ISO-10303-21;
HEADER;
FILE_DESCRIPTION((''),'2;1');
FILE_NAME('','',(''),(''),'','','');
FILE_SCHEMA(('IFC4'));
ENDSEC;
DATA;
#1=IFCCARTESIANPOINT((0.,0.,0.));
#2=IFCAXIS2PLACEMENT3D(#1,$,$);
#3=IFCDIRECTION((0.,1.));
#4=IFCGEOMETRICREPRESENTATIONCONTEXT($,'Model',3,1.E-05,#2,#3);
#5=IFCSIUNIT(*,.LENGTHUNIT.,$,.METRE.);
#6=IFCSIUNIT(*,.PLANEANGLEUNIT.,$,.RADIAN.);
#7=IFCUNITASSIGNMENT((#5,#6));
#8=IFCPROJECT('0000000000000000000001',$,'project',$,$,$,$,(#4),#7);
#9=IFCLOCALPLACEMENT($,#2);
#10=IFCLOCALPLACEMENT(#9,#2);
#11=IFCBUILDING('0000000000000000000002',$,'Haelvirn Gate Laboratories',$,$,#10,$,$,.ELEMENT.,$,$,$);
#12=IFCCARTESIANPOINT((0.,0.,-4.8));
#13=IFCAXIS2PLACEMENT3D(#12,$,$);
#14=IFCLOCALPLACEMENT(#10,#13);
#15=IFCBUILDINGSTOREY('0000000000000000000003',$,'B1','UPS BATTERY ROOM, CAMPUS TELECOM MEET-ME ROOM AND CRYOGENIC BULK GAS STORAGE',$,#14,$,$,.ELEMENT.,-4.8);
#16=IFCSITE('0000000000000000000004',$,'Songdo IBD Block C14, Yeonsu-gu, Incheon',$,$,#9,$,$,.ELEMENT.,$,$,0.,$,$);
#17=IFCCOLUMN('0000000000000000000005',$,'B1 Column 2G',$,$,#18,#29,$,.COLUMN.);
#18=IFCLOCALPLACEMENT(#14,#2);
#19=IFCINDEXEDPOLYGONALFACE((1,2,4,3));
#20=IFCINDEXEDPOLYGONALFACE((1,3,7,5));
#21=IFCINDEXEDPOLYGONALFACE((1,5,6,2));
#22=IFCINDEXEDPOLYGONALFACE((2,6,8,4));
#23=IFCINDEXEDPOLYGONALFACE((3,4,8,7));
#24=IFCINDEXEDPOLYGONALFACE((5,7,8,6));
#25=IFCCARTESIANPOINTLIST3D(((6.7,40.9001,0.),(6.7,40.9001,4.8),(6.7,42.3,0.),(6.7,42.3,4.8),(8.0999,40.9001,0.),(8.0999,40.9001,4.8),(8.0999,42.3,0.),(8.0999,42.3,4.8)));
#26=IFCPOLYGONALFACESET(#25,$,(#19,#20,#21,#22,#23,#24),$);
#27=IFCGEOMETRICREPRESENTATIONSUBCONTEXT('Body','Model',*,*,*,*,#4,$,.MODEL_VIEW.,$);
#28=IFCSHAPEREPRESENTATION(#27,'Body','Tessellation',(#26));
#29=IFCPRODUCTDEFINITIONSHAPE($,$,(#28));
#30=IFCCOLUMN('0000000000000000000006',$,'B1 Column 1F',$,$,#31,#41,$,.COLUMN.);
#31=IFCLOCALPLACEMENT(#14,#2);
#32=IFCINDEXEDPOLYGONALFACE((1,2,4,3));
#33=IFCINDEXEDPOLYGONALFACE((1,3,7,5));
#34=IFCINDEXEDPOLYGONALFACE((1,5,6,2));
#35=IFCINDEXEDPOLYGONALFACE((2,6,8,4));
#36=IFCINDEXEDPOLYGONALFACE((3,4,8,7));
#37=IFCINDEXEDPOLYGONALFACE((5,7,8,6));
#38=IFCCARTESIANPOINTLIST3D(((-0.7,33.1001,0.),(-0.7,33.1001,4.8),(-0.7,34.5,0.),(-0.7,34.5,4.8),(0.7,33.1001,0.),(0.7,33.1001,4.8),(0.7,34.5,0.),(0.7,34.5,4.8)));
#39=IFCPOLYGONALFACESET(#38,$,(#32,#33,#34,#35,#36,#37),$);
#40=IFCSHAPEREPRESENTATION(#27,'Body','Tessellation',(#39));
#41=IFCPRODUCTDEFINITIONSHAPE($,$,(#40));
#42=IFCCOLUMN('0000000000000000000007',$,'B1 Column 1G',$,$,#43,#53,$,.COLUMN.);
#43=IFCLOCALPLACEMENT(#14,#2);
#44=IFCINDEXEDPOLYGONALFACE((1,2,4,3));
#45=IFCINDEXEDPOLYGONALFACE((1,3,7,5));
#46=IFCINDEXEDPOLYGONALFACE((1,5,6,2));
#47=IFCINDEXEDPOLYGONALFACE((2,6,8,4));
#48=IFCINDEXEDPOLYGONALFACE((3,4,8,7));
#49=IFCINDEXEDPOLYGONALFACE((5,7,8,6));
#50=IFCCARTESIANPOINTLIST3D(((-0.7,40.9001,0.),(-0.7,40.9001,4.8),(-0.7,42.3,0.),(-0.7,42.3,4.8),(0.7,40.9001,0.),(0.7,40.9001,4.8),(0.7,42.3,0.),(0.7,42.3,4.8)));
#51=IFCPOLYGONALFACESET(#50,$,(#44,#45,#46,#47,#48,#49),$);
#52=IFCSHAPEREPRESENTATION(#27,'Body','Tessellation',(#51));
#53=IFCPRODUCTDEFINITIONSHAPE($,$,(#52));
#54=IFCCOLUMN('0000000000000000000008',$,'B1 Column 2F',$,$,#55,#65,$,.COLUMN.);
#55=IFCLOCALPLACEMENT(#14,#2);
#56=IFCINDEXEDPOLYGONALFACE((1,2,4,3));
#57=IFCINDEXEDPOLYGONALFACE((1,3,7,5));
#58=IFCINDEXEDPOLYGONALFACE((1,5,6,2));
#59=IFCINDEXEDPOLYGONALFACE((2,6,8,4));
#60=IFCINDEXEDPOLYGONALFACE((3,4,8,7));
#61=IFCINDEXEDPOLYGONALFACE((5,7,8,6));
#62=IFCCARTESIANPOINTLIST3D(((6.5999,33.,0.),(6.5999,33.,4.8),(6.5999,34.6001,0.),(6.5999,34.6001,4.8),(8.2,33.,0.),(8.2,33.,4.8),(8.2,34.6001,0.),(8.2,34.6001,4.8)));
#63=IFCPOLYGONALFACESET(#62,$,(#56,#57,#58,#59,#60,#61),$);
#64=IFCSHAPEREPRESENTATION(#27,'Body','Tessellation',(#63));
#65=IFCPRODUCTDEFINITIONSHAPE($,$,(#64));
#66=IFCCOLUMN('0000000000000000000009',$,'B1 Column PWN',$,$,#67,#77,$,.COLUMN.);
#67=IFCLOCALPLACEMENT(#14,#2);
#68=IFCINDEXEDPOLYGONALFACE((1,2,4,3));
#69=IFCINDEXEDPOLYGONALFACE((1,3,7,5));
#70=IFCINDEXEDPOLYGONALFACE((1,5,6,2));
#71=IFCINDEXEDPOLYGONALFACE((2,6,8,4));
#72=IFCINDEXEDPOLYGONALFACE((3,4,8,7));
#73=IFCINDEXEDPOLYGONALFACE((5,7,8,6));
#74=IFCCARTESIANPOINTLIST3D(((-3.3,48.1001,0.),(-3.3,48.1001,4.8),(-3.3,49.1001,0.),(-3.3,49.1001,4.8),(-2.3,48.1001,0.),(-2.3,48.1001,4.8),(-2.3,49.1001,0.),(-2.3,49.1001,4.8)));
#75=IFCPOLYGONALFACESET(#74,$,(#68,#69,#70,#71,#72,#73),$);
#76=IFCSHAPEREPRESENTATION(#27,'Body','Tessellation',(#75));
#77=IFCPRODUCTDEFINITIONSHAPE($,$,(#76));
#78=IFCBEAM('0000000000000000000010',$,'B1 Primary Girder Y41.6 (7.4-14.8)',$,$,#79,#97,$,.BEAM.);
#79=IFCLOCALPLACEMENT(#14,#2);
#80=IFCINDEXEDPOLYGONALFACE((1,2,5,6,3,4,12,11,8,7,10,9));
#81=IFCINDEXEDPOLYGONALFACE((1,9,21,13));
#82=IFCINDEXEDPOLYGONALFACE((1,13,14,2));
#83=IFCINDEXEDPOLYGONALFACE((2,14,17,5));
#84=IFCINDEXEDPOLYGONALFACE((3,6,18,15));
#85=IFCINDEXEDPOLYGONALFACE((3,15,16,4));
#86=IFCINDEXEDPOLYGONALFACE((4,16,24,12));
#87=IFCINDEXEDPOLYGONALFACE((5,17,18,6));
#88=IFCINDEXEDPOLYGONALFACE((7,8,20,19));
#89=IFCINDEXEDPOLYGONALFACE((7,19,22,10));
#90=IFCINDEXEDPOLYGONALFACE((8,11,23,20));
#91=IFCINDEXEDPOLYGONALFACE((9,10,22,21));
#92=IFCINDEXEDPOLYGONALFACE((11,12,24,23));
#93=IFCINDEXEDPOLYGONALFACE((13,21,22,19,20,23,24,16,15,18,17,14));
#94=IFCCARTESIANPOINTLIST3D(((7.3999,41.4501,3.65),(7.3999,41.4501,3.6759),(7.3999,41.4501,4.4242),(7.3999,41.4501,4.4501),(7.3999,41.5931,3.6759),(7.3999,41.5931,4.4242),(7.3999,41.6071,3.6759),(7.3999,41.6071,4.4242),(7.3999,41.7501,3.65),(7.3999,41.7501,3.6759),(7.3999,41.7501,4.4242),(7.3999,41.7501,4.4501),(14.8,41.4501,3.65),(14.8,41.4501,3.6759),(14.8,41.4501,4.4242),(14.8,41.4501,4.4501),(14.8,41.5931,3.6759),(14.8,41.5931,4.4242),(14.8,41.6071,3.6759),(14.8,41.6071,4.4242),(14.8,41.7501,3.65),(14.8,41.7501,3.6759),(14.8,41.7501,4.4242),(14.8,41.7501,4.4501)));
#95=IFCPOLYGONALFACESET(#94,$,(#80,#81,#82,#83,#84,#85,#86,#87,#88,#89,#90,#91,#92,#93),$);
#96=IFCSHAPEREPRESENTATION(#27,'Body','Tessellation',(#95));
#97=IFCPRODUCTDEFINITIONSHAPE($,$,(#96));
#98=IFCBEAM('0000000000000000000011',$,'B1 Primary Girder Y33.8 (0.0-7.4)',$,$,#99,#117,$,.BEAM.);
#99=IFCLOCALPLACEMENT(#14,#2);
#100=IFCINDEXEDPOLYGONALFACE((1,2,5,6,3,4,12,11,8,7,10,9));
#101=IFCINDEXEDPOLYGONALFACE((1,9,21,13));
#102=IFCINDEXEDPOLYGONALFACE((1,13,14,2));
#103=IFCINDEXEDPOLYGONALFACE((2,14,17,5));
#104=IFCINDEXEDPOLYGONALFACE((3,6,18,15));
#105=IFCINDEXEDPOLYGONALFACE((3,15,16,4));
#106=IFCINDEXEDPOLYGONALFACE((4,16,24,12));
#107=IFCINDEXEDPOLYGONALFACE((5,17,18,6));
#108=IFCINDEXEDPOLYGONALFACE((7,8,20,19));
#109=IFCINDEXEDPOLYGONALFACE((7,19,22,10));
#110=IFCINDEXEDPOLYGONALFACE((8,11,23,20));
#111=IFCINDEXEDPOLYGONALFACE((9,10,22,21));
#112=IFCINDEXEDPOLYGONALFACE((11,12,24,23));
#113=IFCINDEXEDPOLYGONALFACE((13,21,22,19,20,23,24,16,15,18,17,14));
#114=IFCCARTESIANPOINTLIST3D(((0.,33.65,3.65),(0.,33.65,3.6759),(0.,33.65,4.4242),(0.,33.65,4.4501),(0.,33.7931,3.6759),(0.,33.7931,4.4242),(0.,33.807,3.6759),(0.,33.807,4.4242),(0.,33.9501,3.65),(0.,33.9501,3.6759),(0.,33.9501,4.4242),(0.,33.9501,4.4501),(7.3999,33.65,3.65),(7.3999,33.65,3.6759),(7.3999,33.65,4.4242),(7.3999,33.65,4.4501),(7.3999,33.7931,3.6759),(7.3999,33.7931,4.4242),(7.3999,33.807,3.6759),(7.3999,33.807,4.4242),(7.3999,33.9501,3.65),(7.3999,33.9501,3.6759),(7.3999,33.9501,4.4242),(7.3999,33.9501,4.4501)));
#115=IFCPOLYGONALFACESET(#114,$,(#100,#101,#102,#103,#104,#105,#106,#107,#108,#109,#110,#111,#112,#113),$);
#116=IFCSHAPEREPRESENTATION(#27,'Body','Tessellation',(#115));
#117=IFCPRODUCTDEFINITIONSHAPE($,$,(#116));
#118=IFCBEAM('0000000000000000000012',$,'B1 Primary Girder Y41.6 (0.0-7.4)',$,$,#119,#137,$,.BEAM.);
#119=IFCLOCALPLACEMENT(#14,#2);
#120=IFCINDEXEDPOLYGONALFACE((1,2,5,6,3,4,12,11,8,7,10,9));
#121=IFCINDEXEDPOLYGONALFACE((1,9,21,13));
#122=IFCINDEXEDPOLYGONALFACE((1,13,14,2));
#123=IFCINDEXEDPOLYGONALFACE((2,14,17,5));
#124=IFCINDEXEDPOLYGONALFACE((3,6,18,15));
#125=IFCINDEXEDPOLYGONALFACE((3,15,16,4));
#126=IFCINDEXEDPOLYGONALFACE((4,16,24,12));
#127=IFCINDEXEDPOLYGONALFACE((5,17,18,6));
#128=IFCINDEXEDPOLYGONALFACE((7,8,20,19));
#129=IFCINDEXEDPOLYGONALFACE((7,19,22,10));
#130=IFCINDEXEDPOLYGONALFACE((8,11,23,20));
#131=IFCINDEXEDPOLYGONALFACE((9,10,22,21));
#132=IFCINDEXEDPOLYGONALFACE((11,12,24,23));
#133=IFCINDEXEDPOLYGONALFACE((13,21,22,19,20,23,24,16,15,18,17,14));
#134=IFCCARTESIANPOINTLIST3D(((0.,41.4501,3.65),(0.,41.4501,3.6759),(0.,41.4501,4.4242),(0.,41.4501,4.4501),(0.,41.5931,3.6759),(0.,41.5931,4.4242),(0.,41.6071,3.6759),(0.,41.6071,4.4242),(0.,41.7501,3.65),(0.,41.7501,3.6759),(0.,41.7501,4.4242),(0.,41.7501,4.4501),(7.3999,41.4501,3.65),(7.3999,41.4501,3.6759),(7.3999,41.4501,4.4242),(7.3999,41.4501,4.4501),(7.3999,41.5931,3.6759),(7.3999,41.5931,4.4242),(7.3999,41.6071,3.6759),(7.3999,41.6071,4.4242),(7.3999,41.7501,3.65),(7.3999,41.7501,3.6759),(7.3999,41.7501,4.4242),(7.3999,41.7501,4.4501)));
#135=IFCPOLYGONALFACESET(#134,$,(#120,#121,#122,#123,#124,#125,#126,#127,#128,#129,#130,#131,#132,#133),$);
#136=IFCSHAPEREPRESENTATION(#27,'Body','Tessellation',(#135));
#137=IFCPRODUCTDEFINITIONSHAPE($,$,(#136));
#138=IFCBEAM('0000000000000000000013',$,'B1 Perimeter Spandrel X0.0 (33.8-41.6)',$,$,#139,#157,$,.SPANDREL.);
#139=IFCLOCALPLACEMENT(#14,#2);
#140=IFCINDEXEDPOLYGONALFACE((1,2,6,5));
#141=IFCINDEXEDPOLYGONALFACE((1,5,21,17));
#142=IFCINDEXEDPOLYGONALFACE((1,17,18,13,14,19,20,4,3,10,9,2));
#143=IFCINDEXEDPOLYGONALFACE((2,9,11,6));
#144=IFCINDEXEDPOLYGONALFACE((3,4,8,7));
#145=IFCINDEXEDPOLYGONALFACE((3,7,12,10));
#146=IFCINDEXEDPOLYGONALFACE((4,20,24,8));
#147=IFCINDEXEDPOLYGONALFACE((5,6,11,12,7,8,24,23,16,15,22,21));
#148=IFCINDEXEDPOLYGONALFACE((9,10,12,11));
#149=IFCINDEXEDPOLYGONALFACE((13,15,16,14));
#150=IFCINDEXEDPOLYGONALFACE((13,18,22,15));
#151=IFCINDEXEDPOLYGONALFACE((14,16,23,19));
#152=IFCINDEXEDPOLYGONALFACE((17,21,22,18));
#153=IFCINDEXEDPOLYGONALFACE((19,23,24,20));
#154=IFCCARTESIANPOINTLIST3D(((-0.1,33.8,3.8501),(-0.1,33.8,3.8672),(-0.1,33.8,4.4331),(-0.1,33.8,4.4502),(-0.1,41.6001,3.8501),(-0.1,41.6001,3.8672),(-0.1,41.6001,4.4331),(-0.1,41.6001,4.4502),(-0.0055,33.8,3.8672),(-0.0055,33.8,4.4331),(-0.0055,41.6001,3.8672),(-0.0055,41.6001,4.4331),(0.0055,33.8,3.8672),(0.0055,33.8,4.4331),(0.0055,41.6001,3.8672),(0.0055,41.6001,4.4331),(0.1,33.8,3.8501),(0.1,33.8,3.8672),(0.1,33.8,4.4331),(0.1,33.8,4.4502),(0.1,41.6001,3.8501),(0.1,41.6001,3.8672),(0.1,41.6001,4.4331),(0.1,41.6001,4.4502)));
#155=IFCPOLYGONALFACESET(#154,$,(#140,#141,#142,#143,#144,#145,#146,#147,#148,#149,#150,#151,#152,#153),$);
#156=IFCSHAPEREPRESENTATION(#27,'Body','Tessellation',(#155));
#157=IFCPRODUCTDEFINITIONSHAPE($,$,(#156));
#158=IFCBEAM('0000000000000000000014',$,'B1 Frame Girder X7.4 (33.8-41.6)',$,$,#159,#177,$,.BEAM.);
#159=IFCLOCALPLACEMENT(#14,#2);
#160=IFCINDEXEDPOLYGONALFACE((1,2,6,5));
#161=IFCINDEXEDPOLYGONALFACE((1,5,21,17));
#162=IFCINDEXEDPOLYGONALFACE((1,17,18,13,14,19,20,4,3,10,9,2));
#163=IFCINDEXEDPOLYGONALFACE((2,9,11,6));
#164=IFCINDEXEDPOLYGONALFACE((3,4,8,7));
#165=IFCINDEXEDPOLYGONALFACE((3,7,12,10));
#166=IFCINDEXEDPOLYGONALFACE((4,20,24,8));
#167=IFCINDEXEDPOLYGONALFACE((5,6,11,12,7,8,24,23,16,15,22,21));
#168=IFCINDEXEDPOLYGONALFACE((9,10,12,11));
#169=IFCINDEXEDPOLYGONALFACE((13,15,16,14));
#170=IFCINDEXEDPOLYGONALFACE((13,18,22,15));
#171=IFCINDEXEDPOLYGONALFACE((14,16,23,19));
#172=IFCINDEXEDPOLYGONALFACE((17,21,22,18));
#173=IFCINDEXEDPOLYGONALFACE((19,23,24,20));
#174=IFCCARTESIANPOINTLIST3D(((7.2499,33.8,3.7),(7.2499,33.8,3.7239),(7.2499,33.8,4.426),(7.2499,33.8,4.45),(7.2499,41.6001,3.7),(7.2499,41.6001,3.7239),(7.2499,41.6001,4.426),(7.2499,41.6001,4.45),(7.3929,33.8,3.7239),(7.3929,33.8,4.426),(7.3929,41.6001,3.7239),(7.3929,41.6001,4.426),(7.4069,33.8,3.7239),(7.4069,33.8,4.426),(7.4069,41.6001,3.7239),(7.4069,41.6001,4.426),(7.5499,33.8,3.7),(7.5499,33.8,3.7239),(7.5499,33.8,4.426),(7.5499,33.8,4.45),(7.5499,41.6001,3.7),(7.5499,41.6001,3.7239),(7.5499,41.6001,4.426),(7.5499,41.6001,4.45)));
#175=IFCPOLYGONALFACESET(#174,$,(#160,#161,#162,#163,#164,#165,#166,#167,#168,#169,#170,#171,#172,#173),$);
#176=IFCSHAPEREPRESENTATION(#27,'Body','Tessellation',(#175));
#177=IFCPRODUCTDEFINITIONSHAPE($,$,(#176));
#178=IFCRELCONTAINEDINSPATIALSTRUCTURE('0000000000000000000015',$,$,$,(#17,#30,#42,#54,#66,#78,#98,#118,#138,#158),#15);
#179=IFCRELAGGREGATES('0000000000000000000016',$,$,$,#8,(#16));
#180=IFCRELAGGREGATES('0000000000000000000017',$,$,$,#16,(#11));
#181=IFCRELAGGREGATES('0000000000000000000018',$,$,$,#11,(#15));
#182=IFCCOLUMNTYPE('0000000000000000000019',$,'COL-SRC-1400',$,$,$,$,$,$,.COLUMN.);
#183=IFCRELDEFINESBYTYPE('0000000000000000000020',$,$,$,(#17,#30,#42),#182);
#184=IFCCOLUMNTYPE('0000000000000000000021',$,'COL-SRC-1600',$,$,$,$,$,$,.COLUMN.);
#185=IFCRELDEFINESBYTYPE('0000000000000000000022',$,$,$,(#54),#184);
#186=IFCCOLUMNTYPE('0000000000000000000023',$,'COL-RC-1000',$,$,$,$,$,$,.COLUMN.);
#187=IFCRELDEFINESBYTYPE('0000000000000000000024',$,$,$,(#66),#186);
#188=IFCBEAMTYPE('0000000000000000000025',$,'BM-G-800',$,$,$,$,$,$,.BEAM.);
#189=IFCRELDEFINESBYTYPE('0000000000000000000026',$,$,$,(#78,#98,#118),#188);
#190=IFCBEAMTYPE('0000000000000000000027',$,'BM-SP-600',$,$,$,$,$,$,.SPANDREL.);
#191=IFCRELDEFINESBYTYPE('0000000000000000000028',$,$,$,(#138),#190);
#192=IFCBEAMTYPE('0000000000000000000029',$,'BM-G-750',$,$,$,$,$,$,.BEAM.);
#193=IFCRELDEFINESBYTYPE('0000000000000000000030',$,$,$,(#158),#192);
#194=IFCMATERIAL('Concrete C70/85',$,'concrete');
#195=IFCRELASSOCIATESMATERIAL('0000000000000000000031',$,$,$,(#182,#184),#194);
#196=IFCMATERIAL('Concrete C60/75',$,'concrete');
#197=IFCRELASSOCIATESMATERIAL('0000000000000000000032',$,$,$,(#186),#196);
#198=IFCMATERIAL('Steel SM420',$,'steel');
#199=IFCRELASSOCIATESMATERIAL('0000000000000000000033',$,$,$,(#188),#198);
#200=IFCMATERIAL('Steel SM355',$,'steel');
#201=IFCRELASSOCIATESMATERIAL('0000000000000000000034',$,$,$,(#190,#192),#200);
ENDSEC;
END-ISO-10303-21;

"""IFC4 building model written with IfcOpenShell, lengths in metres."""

from ifc_helpers import new_model, si_unit, direction, frame, origin, origin_2d, place, context, subcontext, project, spatial, rectangle, i_section, extrude, source, transform, mapped, material, material_profile, profile_set, type_object, type_shapes, element, save


model = new_model("IFC4")

# Units and contexts
model_context = context("Model", 3, precision=1e-05, world=origin(), true_north=direction((0.0, 1.0)))
body_context = subcontext(model_context, "Body", "Model", "MODEL_VIEW")
ifc_project = project(units=[si_unit("LENGTHUNIT", "METRE"), si_unit("PLANEANGLEUNIT", "RADIAN")], contexts=[model_context])

# Site, building, storey
site_placement = place(None, origin())
site = spatial("IfcSite", under=ifc_project, at=site_placement, Name="Songdo IBD Block C14, Yeonsu-gu, Incheon", CompositionType="ELEMENT", RefElevation=0.0)
building_placement = place(site_placement, origin())
building = spatial("IfcBuilding", under=site, at=building_placement, Name="Haelvirn Gate Laboratories", CompositionType="ELEMENT")
storey_placement = place(building_placement, frame((0.0, 0.0, -4.8)))
storey = spatial("IfcBuildingStorey", under=building, at=storey_placement, Name="B1", Description="UPS BATTERY ROOM, CAMPUS TELECOM MEET-ME ROOM AND CRYOGENIC BULK GAS STORAGE", CompositionType="ELEMENT", Elevation=-4.8)

# Columns
ifc_material_1 = material(Name="Concrete C70/85", Category="concrete")
ifc_material_profile_1 = material_profile(ifc_material_1, rectangle(XDim=1.3999, YDim=1.3999, at=origin_2d()), Name="SRC-1400x1400")
ifc_profile_set_1 = profile_set([ifc_material_profile_1], Name="Concrete C70/85")
column_type_1 = type_object("IfcColumnType", Name="COL-SRC-1400", PredefinedType="COLUMN", material=ifc_profile_set_1)
shared_shape_1 = source(origin(), body_context, "Body", "SweptSolid", [
    extrude(rectangle(XDim=1.3999, YDim=1.3999, at=origin_2d()), origin(), (0.0, 0.0, 1.0), 4.8),
])
type_shapes(column_type_1, [shared_shape_1])
for number, where, z_axis, x_axis, name in (
    (1, (7.3999, 41.6001, 0.0), (0.0, 0.0, 1.0), (1.0, 0.0, 0.0), "B1 Column 2G"),
    (2, (0.0, 33.8, 0.0), (0.0, 0.0, 1.0), (1.0, 0.0, 0.0), "B1 Column 1F"),
    (3, (0.0, 41.6001, 0.0), (0.0, 0.0, 1.0), (1.0, 0.0, 0.0), "B1 Column 1G"),
):
    element("IfcColumn", number, at=place(storey_placement, frame(where, z_axis=z_axis, x_axis=x_axis)), inside=storey, type_object=column_type_1, Name=name, PredefinedType="COLUMN", context=body_context, shape_type="MappedRepresentation", body=[
        mapped(shared_shape_1, transform((0.0, 0.0, 0.0), scale=1.0)),
    ])
ifc_material_profile_2 = material_profile(ifc_material_1, rectangle(XDim=1.6001, YDim=1.6001, at=origin_2d()), Name="SRC-1600x1600")
ifc_profile_set_2 = profile_set([ifc_material_profile_2], Name="Concrete C70/85")
column_type_2 = type_object("IfcColumnType", Name="COL-SRC-1600", PredefinedType="COLUMN", material=ifc_profile_set_2)
shared_shape_2 = source(origin(), body_context, "Body", "SweptSolid", [
    extrude(rectangle(XDim=1.6001, YDim=1.6001, at=origin_2d()), origin(), (0.0, 0.0, 1.0), 4.8),
])
type_shapes(column_type_2, [shared_shape_2])
column_1_placement = place(storey_placement, frame((7.3999, 33.8, 0.0), z_axis=(0.0, 0.0, 1.0), x_axis=(1.0, 0.0, 0.0)))
element("IfcColumn", 4, at=column_1_placement, inside=storey, type_object=column_type_2, Name="B1 Column 2F", PredefinedType="COLUMN", context=body_context, shape_type="MappedRepresentation", body=[
    mapped(shared_shape_2, transform((0.0, 0.0, 0.0), scale=1.0)),
])
ifc_material_2 = material(Name="Concrete C60/75", Category="concrete")
ifc_material_profile_3 = material_profile(ifc_material_2, rectangle(XDim=1.0, YDim=1.0, at=origin_2d()), Name="RC-1000x1000")
ifc_profile_set_3 = profile_set([ifc_material_profile_3], Name="Concrete C60/75")
column_type_3 = type_object("IfcColumnType", Name="COL-RC-1000", PredefinedType="COLUMN", material=ifc_profile_set_3)
shared_shape_3 = source(origin(), body_context, "Body", "SweptSolid", [
    extrude(rectangle(XDim=1.0, YDim=1.0, at=origin_2d()), origin(), (0.0, 0.0, 1.0), 4.8),
])
type_shapes(column_type_3, [shared_shape_3])
column_2_placement = place(storey_placement, frame((-2.8, 48.6001, 0.0), z_axis=(0.0, 0.0, 1.0), x_axis=(1.0, 0.0, 0.0)))
element("IfcColumn", 5, at=column_2_placement, inside=storey, type_object=column_type_3, Name="B1 Column PWN", PredefinedType="COLUMN", context=body_context, shape_type="MappedRepresentation", body=[
    mapped(shared_shape_3, transform((0.0, 0.0, 0.0), scale=1.0)),
])

# Beams
ifc_material_3 = material(Name="Steel SM420", Category="steel")
ifc_material_profile_4 = material_profile(ifc_material_3, i_section(OverallWidth=0.3, OverallDepth=0.8, WebThickness=0.0139, FlangeThickness=0.0259, at=origin_2d()), Name="H-800x300x14x26")
ifc_profile_set_4 = profile_set([ifc_material_profile_4], Name="Steel SM420")
beam_type_1 = type_object("IfcBeamType", Name="BM-G-800", PredefinedType="BEAM", material=ifc_profile_set_4)
shared_shape_4 = source(origin(), body_context, "Body", "SweptSolid", [
    extrude(i_section(OverallWidth=0.3, OverallDepth=0.8, WebThickness=0.0139, FlangeThickness=0.0259, at=origin_2d()), origin(), (0.0, 0.0, 1.0), 7.4001),
])
beam_1_placement = place(storey_placement, frame((7.3999, 41.6001, 4.05), z_axis=(1.0, 0.0, 0.0), x_axis=(0.0, 1.0, 0.0)))
element("IfcBeam", 6, at=beam_1_placement, inside=storey, type_object=beam_type_1, Name="B1 Primary Girder Y41.6 (7.4-14.8)", PredefinedType="BEAM", context=body_context, shape_type="MappedRepresentation", body=[
    mapped(shared_shape_4, transform((0.0, 0.0, 0.0), scale=1.0)),
])
shared_shape_5 = source(origin(), body_context, "Body", "SweptSolid", [
    extrude(i_section(OverallWidth=0.3, OverallDepth=0.8, WebThickness=0.0139, FlangeThickness=0.0259, at=origin_2d()), origin(), (0.0, 0.0, 1.0), 7.3999),
])
type_shapes(beam_type_1, [shared_shape_4, shared_shape_5])
for number, where, z_axis, x_axis, name in (
    (7, (0.0, 33.8, 4.05), (1.0, 0.0, 0.0), (0.0, 1.0, 0.0), "B1 Primary Girder Y33.8 (0.0-7.4)"),
    (8, (0.0, 41.6001, 4.05), (1.0, 0.0, 0.0), (0.0, 1.0, 0.0), "B1 Primary Girder Y41.6 (0.0-7.4)"),
):
    element("IfcBeam", number, at=place(storey_placement, frame(where, z_axis=z_axis, x_axis=x_axis)), inside=storey, type_object=beam_type_1, Name=name, PredefinedType="BEAM", context=body_context, shape_type="MappedRepresentation", body=[
        mapped(shared_shape_5, transform((0.0, 0.0, 0.0), scale=1.0)),
    ])
ifc_material_4 = material(Name="Steel SM355", Category="steel")
ifc_material_profile_5 = material_profile(ifc_material_4, i_section(OverallWidth=0.2, OverallDepth=0.6001, WebThickness=0.011, FlangeThickness=0.0171, at=origin_2d()), Name="H-600x200x11x17")
ifc_profile_set_5 = profile_set([ifc_material_profile_5], Name="Steel SM355")
beam_type_2 = type_object("IfcBeamType", Name="BM-SP-600", PredefinedType="SPANDREL", material=ifc_profile_set_5)
shared_shape_6 = source(origin(), body_context, "Body", "SweptSolid", [
    extrude(i_section(OverallWidth=0.2, OverallDepth=0.6001, WebThickness=0.011, FlangeThickness=0.0171, at=origin_2d()), origin(), (0.0, 0.0, 1.0), 7.8),
])
beam_2_placement = place(storey_placement, frame((0.0, 33.8, 4.1501), z_axis=(0.0, 1.0, 0.0), x_axis=(-1.0, 0.0, 0.0)))
element("IfcBeam", 9, at=beam_2_placement, inside=storey, type_object=beam_type_2, Name="B1 Perimeter Spandrel X0.0 (33.8-41.6)", PredefinedType="SPANDREL", context=body_context, shape_type="MappedRepresentation", body=[
    mapped(shared_shape_6, transform((0.0, 0.0, 0.0), scale=1.0)),
])
ifc_material_profile_6 = material_profile(ifc_material_4, i_section(OverallWidth=0.3, OverallDepth=0.75, WebThickness=0.0139, FlangeThickness=0.0239, at=origin_2d()), Name="H-750x300x14x24")
ifc_profile_set_6 = profile_set([ifc_material_profile_6], Name="Steel SM355")
beam_type_3 = type_object("IfcBeamType", Name="BM-G-750", PredefinedType="BEAM", material=ifc_profile_set_6)
shared_shape_7 = source(origin(), body_context, "Body", "SweptSolid", [
    extrude(i_section(OverallWidth=0.3, OverallDepth=0.75, WebThickness=0.0139, FlangeThickness=0.0239, at=origin_2d()), origin(), (0.0, 0.0, 1.0), 7.8),
])
beam_3_placement = place(storey_placement, frame((7.3999, 33.8, 4.075), z_axis=(0.0, 1.0, 0.0), x_axis=(-1.0, 0.0, 0.0)))
element("IfcBeam", 10, at=beam_3_placement, inside=storey, type_object=beam_type_3, Name="B1 Frame Girder X7.4 (33.8-41.6)", PredefinedType="BEAM", context=body_context, shape_type="MappedRepresentation", body=[
    mapped(shared_shape_7, transform((0.0, 0.0, 0.0), scale=1.0)),
])

save(model, "model.ifc")
